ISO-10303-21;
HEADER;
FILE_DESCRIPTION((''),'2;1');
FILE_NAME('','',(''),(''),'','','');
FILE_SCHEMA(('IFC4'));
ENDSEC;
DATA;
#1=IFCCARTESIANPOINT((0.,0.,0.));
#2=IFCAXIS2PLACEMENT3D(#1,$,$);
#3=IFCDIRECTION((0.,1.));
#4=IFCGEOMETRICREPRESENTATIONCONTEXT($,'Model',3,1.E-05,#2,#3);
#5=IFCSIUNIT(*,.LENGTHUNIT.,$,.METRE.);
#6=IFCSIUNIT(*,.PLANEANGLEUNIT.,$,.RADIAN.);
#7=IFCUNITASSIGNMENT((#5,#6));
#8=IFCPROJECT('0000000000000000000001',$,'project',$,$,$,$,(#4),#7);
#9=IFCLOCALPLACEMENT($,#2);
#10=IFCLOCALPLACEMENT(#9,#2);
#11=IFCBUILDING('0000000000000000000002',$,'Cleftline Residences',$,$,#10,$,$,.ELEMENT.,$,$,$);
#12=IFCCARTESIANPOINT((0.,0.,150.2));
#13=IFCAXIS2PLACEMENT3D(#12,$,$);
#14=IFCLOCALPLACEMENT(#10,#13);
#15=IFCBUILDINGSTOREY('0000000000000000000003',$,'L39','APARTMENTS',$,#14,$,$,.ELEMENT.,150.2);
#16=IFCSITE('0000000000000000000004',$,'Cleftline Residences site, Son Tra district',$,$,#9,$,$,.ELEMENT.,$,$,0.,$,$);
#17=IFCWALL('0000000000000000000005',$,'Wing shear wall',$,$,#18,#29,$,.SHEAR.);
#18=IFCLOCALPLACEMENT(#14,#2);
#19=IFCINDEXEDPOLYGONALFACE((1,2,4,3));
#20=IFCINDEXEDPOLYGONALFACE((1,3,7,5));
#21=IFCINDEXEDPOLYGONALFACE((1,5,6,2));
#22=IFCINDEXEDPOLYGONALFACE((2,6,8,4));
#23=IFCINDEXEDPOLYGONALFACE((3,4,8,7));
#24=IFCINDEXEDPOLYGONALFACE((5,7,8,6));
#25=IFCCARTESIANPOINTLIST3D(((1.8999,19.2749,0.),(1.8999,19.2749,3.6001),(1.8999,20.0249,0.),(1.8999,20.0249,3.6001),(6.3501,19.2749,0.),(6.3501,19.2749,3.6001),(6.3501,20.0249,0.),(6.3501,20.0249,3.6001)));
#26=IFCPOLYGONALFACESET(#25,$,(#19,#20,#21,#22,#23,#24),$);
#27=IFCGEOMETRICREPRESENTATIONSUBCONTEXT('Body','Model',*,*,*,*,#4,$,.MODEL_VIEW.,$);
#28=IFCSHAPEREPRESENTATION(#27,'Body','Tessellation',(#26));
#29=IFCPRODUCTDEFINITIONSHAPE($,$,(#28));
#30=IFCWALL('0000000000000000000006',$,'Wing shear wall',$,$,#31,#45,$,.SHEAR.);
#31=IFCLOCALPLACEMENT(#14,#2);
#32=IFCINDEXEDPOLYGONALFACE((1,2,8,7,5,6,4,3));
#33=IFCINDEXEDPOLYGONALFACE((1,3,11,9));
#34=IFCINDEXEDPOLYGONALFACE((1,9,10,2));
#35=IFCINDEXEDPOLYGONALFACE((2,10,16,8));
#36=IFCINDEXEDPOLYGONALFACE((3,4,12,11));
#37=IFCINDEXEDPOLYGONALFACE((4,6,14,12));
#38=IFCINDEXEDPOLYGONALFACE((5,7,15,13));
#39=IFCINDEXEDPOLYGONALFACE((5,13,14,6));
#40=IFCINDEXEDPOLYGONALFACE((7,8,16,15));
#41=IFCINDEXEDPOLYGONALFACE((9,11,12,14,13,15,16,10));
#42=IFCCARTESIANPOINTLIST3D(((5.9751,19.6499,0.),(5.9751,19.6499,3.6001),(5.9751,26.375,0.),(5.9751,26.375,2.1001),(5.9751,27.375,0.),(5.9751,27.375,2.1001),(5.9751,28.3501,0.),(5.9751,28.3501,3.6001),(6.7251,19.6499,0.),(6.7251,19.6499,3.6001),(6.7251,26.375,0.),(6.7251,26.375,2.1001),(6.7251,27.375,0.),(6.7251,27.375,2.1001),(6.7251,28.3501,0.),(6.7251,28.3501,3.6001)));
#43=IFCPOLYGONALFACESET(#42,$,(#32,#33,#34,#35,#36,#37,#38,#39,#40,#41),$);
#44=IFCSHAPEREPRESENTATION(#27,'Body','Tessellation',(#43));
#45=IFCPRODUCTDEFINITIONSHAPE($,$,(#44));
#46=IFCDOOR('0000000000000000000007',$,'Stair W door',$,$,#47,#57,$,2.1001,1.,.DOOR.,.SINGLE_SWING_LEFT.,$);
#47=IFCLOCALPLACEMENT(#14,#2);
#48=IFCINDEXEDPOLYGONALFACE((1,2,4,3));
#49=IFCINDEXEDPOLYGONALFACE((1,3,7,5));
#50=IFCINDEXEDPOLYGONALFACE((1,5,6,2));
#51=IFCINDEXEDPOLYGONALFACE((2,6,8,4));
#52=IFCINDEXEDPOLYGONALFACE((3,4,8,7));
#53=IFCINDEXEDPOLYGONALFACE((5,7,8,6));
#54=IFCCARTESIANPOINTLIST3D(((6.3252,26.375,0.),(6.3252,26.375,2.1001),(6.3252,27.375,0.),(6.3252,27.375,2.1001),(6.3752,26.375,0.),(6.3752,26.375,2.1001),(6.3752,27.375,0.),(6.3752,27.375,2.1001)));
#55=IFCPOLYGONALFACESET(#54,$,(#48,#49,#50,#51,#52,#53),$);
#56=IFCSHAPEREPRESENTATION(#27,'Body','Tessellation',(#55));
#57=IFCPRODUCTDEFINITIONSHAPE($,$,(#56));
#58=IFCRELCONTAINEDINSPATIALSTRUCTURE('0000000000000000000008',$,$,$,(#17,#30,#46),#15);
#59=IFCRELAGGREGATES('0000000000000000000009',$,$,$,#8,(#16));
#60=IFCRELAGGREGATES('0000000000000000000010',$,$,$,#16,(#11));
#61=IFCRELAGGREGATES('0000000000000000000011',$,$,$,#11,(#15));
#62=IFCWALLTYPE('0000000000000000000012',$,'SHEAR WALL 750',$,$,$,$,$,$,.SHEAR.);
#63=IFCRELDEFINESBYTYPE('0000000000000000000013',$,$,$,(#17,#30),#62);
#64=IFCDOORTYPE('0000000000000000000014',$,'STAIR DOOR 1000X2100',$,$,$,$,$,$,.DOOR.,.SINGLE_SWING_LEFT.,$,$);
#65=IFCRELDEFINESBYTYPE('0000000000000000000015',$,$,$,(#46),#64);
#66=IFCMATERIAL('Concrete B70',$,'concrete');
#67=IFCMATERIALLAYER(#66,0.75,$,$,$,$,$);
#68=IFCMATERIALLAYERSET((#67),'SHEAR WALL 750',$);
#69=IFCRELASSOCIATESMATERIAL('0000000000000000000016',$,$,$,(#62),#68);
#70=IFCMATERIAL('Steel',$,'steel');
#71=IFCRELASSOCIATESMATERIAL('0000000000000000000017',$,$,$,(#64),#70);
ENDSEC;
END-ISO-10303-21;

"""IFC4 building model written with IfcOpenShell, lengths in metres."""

from ifc_helpers import new_model, si_unit, direction, frame, frame_2d, origin, place, context, subcontext, project, spatial, rectangle, extrude, material, layer, layer_set, type_object, element, fill, save


model = new_model("IFC4")

# Units and contexts
model_context = context("Model", 3, precision=1e-05, world=origin(), true_north=direction((0.0, 1.0)))
body_context = subcontext(model_context, "Body", "Model", "MODEL_VIEW")
ifc_project = project(units=[si_unit("LENGTHUNIT", "METRE"), si_unit("PLANEANGLEUNIT", "RADIAN")], contexts=[model_context])

# Site, building, storey
site_placement = place(None, origin())
site = spatial("IfcSite", under=ifc_project, at=site_placement, Name="Cleftline Residences site, Son Tra district", CompositionType="ELEMENT", RefElevation=0.0)
building_placement = place(site_placement, origin())
building = spatial("IfcBuilding", under=site, at=building_placement, Name="Cleftline Residences", CompositionType="ELEMENT")
storey_placement = place(building_placement, frame((0.0, 0.0, 150.2)))
storey = spatial("IfcBuildingStorey", under=building, at=storey_placement, Name="L39", Description="APARTMENTS", CompositionType="ELEMENT", Elevation=150.2)

# Wall
ifc_material_1 = material(Name="Concrete B70", Category="concrete")
ifc_layer_1 = layer(ifc_material_1, 0.75)
ifc_layer_set_1 = layer_set([ifc_layer_1], Name="SHEAR WALL 750")
wall_type_1 = type_object("IfcWallType", Name="SHEAR WALL 750", PredefinedType="SHEAR", material=ifc_layer_set_1)
wall_1_placement = place(storey_placement, frame((1.8999, 19.6499, 0.0), z_axis=(0.0, 0.0, 1.0), x_axis=(1.0, 0.0, 0.0)))
element("IfcWall", 1, at=wall_1_placement, inside=storey, type_object=wall_type_1, Name="Wing shear wall", PredefinedType="SHEAR", context=body_context, shape_type="SweptSolid", body=[
    extrude(rectangle(XDim=4.4502, YDim=0.75, at=frame_2d((2.2251, 0.0))), origin(), (0.0, 0.0, 1.0), 3.6001),
])

# Wall, opening, door
wall_2_placement = place(storey_placement, frame((6.3501, 19.6499, 0.0), z_axis=(0.0, 0.0, 1.0), x_axis=(0.0, 1.0, 0.0)))
wall_2 = element("IfcWall", 2, at=wall_2_placement, inside=storey, type_object=wall_type_1, Name="Wing shear wall", PredefinedType="SHEAR", context=body_context, shape_type="SweptSolid", body=[
    extrude(rectangle(XDim=8.7002, YDim=0.75, at=frame_2d((4.3501, 0.0))), origin(), (0.0, 0.0, 1.0), 3.6001),
])
opening_1_placement = place(wall_2_placement, frame((6.7251, 0.0, 0.0)))
opening_1 = element("IfcOpeningElement", 3, at=opening_1_placement, cuts=wall_2, PredefinedType="OPENING", context=body_context, shape_type="SweptSolid", body=[
    extrude(rectangle(XDim=1.0, YDim=2.1001, at=frame_2d((0.5, 1.05))), frame((0.0, 0.385, 0.0), z_axis=(0.0, -1.0, 0.0), x_axis=(1.0, 0.0, 0.0)), (0.0, 0.0, 1.0), 0.77),
])
ifc_material_2 = material(Name="Steel", Category="steel")
door_type_1 = type_object("IfcDoorType", Name="STAIR DOOR 1000X2100", OperationType="SINGLE_SWING_LEFT", PredefinedType="DOOR", material=ifc_material_2)
door_1_placement = place(opening_1_placement, origin())
door_1 = element("IfcDoor", 4, at=door_1_placement, inside=storey, type_object=door_type_1, Name="Stair W door", OperationType="SINGLE_SWING_LEFT", OverallHeight=2.1001, OverallWidth=1.0, PredefinedType="DOOR", context=body_context, shape_type="SweptSolid", body=[
    extrude(rectangle(XDim=1.0, YDim=2.1001, at=frame_2d((0.5, 1.05))), frame((0.0, 0.0249, 0.0), z_axis=(0.0, -1.0, 0.0), x_axis=(1.0, 0.0, 0.0)), (0.0, 0.0, 1.0), 0.05),
])
fill(opening_1, door_1)

save(model, "model.ifc")
